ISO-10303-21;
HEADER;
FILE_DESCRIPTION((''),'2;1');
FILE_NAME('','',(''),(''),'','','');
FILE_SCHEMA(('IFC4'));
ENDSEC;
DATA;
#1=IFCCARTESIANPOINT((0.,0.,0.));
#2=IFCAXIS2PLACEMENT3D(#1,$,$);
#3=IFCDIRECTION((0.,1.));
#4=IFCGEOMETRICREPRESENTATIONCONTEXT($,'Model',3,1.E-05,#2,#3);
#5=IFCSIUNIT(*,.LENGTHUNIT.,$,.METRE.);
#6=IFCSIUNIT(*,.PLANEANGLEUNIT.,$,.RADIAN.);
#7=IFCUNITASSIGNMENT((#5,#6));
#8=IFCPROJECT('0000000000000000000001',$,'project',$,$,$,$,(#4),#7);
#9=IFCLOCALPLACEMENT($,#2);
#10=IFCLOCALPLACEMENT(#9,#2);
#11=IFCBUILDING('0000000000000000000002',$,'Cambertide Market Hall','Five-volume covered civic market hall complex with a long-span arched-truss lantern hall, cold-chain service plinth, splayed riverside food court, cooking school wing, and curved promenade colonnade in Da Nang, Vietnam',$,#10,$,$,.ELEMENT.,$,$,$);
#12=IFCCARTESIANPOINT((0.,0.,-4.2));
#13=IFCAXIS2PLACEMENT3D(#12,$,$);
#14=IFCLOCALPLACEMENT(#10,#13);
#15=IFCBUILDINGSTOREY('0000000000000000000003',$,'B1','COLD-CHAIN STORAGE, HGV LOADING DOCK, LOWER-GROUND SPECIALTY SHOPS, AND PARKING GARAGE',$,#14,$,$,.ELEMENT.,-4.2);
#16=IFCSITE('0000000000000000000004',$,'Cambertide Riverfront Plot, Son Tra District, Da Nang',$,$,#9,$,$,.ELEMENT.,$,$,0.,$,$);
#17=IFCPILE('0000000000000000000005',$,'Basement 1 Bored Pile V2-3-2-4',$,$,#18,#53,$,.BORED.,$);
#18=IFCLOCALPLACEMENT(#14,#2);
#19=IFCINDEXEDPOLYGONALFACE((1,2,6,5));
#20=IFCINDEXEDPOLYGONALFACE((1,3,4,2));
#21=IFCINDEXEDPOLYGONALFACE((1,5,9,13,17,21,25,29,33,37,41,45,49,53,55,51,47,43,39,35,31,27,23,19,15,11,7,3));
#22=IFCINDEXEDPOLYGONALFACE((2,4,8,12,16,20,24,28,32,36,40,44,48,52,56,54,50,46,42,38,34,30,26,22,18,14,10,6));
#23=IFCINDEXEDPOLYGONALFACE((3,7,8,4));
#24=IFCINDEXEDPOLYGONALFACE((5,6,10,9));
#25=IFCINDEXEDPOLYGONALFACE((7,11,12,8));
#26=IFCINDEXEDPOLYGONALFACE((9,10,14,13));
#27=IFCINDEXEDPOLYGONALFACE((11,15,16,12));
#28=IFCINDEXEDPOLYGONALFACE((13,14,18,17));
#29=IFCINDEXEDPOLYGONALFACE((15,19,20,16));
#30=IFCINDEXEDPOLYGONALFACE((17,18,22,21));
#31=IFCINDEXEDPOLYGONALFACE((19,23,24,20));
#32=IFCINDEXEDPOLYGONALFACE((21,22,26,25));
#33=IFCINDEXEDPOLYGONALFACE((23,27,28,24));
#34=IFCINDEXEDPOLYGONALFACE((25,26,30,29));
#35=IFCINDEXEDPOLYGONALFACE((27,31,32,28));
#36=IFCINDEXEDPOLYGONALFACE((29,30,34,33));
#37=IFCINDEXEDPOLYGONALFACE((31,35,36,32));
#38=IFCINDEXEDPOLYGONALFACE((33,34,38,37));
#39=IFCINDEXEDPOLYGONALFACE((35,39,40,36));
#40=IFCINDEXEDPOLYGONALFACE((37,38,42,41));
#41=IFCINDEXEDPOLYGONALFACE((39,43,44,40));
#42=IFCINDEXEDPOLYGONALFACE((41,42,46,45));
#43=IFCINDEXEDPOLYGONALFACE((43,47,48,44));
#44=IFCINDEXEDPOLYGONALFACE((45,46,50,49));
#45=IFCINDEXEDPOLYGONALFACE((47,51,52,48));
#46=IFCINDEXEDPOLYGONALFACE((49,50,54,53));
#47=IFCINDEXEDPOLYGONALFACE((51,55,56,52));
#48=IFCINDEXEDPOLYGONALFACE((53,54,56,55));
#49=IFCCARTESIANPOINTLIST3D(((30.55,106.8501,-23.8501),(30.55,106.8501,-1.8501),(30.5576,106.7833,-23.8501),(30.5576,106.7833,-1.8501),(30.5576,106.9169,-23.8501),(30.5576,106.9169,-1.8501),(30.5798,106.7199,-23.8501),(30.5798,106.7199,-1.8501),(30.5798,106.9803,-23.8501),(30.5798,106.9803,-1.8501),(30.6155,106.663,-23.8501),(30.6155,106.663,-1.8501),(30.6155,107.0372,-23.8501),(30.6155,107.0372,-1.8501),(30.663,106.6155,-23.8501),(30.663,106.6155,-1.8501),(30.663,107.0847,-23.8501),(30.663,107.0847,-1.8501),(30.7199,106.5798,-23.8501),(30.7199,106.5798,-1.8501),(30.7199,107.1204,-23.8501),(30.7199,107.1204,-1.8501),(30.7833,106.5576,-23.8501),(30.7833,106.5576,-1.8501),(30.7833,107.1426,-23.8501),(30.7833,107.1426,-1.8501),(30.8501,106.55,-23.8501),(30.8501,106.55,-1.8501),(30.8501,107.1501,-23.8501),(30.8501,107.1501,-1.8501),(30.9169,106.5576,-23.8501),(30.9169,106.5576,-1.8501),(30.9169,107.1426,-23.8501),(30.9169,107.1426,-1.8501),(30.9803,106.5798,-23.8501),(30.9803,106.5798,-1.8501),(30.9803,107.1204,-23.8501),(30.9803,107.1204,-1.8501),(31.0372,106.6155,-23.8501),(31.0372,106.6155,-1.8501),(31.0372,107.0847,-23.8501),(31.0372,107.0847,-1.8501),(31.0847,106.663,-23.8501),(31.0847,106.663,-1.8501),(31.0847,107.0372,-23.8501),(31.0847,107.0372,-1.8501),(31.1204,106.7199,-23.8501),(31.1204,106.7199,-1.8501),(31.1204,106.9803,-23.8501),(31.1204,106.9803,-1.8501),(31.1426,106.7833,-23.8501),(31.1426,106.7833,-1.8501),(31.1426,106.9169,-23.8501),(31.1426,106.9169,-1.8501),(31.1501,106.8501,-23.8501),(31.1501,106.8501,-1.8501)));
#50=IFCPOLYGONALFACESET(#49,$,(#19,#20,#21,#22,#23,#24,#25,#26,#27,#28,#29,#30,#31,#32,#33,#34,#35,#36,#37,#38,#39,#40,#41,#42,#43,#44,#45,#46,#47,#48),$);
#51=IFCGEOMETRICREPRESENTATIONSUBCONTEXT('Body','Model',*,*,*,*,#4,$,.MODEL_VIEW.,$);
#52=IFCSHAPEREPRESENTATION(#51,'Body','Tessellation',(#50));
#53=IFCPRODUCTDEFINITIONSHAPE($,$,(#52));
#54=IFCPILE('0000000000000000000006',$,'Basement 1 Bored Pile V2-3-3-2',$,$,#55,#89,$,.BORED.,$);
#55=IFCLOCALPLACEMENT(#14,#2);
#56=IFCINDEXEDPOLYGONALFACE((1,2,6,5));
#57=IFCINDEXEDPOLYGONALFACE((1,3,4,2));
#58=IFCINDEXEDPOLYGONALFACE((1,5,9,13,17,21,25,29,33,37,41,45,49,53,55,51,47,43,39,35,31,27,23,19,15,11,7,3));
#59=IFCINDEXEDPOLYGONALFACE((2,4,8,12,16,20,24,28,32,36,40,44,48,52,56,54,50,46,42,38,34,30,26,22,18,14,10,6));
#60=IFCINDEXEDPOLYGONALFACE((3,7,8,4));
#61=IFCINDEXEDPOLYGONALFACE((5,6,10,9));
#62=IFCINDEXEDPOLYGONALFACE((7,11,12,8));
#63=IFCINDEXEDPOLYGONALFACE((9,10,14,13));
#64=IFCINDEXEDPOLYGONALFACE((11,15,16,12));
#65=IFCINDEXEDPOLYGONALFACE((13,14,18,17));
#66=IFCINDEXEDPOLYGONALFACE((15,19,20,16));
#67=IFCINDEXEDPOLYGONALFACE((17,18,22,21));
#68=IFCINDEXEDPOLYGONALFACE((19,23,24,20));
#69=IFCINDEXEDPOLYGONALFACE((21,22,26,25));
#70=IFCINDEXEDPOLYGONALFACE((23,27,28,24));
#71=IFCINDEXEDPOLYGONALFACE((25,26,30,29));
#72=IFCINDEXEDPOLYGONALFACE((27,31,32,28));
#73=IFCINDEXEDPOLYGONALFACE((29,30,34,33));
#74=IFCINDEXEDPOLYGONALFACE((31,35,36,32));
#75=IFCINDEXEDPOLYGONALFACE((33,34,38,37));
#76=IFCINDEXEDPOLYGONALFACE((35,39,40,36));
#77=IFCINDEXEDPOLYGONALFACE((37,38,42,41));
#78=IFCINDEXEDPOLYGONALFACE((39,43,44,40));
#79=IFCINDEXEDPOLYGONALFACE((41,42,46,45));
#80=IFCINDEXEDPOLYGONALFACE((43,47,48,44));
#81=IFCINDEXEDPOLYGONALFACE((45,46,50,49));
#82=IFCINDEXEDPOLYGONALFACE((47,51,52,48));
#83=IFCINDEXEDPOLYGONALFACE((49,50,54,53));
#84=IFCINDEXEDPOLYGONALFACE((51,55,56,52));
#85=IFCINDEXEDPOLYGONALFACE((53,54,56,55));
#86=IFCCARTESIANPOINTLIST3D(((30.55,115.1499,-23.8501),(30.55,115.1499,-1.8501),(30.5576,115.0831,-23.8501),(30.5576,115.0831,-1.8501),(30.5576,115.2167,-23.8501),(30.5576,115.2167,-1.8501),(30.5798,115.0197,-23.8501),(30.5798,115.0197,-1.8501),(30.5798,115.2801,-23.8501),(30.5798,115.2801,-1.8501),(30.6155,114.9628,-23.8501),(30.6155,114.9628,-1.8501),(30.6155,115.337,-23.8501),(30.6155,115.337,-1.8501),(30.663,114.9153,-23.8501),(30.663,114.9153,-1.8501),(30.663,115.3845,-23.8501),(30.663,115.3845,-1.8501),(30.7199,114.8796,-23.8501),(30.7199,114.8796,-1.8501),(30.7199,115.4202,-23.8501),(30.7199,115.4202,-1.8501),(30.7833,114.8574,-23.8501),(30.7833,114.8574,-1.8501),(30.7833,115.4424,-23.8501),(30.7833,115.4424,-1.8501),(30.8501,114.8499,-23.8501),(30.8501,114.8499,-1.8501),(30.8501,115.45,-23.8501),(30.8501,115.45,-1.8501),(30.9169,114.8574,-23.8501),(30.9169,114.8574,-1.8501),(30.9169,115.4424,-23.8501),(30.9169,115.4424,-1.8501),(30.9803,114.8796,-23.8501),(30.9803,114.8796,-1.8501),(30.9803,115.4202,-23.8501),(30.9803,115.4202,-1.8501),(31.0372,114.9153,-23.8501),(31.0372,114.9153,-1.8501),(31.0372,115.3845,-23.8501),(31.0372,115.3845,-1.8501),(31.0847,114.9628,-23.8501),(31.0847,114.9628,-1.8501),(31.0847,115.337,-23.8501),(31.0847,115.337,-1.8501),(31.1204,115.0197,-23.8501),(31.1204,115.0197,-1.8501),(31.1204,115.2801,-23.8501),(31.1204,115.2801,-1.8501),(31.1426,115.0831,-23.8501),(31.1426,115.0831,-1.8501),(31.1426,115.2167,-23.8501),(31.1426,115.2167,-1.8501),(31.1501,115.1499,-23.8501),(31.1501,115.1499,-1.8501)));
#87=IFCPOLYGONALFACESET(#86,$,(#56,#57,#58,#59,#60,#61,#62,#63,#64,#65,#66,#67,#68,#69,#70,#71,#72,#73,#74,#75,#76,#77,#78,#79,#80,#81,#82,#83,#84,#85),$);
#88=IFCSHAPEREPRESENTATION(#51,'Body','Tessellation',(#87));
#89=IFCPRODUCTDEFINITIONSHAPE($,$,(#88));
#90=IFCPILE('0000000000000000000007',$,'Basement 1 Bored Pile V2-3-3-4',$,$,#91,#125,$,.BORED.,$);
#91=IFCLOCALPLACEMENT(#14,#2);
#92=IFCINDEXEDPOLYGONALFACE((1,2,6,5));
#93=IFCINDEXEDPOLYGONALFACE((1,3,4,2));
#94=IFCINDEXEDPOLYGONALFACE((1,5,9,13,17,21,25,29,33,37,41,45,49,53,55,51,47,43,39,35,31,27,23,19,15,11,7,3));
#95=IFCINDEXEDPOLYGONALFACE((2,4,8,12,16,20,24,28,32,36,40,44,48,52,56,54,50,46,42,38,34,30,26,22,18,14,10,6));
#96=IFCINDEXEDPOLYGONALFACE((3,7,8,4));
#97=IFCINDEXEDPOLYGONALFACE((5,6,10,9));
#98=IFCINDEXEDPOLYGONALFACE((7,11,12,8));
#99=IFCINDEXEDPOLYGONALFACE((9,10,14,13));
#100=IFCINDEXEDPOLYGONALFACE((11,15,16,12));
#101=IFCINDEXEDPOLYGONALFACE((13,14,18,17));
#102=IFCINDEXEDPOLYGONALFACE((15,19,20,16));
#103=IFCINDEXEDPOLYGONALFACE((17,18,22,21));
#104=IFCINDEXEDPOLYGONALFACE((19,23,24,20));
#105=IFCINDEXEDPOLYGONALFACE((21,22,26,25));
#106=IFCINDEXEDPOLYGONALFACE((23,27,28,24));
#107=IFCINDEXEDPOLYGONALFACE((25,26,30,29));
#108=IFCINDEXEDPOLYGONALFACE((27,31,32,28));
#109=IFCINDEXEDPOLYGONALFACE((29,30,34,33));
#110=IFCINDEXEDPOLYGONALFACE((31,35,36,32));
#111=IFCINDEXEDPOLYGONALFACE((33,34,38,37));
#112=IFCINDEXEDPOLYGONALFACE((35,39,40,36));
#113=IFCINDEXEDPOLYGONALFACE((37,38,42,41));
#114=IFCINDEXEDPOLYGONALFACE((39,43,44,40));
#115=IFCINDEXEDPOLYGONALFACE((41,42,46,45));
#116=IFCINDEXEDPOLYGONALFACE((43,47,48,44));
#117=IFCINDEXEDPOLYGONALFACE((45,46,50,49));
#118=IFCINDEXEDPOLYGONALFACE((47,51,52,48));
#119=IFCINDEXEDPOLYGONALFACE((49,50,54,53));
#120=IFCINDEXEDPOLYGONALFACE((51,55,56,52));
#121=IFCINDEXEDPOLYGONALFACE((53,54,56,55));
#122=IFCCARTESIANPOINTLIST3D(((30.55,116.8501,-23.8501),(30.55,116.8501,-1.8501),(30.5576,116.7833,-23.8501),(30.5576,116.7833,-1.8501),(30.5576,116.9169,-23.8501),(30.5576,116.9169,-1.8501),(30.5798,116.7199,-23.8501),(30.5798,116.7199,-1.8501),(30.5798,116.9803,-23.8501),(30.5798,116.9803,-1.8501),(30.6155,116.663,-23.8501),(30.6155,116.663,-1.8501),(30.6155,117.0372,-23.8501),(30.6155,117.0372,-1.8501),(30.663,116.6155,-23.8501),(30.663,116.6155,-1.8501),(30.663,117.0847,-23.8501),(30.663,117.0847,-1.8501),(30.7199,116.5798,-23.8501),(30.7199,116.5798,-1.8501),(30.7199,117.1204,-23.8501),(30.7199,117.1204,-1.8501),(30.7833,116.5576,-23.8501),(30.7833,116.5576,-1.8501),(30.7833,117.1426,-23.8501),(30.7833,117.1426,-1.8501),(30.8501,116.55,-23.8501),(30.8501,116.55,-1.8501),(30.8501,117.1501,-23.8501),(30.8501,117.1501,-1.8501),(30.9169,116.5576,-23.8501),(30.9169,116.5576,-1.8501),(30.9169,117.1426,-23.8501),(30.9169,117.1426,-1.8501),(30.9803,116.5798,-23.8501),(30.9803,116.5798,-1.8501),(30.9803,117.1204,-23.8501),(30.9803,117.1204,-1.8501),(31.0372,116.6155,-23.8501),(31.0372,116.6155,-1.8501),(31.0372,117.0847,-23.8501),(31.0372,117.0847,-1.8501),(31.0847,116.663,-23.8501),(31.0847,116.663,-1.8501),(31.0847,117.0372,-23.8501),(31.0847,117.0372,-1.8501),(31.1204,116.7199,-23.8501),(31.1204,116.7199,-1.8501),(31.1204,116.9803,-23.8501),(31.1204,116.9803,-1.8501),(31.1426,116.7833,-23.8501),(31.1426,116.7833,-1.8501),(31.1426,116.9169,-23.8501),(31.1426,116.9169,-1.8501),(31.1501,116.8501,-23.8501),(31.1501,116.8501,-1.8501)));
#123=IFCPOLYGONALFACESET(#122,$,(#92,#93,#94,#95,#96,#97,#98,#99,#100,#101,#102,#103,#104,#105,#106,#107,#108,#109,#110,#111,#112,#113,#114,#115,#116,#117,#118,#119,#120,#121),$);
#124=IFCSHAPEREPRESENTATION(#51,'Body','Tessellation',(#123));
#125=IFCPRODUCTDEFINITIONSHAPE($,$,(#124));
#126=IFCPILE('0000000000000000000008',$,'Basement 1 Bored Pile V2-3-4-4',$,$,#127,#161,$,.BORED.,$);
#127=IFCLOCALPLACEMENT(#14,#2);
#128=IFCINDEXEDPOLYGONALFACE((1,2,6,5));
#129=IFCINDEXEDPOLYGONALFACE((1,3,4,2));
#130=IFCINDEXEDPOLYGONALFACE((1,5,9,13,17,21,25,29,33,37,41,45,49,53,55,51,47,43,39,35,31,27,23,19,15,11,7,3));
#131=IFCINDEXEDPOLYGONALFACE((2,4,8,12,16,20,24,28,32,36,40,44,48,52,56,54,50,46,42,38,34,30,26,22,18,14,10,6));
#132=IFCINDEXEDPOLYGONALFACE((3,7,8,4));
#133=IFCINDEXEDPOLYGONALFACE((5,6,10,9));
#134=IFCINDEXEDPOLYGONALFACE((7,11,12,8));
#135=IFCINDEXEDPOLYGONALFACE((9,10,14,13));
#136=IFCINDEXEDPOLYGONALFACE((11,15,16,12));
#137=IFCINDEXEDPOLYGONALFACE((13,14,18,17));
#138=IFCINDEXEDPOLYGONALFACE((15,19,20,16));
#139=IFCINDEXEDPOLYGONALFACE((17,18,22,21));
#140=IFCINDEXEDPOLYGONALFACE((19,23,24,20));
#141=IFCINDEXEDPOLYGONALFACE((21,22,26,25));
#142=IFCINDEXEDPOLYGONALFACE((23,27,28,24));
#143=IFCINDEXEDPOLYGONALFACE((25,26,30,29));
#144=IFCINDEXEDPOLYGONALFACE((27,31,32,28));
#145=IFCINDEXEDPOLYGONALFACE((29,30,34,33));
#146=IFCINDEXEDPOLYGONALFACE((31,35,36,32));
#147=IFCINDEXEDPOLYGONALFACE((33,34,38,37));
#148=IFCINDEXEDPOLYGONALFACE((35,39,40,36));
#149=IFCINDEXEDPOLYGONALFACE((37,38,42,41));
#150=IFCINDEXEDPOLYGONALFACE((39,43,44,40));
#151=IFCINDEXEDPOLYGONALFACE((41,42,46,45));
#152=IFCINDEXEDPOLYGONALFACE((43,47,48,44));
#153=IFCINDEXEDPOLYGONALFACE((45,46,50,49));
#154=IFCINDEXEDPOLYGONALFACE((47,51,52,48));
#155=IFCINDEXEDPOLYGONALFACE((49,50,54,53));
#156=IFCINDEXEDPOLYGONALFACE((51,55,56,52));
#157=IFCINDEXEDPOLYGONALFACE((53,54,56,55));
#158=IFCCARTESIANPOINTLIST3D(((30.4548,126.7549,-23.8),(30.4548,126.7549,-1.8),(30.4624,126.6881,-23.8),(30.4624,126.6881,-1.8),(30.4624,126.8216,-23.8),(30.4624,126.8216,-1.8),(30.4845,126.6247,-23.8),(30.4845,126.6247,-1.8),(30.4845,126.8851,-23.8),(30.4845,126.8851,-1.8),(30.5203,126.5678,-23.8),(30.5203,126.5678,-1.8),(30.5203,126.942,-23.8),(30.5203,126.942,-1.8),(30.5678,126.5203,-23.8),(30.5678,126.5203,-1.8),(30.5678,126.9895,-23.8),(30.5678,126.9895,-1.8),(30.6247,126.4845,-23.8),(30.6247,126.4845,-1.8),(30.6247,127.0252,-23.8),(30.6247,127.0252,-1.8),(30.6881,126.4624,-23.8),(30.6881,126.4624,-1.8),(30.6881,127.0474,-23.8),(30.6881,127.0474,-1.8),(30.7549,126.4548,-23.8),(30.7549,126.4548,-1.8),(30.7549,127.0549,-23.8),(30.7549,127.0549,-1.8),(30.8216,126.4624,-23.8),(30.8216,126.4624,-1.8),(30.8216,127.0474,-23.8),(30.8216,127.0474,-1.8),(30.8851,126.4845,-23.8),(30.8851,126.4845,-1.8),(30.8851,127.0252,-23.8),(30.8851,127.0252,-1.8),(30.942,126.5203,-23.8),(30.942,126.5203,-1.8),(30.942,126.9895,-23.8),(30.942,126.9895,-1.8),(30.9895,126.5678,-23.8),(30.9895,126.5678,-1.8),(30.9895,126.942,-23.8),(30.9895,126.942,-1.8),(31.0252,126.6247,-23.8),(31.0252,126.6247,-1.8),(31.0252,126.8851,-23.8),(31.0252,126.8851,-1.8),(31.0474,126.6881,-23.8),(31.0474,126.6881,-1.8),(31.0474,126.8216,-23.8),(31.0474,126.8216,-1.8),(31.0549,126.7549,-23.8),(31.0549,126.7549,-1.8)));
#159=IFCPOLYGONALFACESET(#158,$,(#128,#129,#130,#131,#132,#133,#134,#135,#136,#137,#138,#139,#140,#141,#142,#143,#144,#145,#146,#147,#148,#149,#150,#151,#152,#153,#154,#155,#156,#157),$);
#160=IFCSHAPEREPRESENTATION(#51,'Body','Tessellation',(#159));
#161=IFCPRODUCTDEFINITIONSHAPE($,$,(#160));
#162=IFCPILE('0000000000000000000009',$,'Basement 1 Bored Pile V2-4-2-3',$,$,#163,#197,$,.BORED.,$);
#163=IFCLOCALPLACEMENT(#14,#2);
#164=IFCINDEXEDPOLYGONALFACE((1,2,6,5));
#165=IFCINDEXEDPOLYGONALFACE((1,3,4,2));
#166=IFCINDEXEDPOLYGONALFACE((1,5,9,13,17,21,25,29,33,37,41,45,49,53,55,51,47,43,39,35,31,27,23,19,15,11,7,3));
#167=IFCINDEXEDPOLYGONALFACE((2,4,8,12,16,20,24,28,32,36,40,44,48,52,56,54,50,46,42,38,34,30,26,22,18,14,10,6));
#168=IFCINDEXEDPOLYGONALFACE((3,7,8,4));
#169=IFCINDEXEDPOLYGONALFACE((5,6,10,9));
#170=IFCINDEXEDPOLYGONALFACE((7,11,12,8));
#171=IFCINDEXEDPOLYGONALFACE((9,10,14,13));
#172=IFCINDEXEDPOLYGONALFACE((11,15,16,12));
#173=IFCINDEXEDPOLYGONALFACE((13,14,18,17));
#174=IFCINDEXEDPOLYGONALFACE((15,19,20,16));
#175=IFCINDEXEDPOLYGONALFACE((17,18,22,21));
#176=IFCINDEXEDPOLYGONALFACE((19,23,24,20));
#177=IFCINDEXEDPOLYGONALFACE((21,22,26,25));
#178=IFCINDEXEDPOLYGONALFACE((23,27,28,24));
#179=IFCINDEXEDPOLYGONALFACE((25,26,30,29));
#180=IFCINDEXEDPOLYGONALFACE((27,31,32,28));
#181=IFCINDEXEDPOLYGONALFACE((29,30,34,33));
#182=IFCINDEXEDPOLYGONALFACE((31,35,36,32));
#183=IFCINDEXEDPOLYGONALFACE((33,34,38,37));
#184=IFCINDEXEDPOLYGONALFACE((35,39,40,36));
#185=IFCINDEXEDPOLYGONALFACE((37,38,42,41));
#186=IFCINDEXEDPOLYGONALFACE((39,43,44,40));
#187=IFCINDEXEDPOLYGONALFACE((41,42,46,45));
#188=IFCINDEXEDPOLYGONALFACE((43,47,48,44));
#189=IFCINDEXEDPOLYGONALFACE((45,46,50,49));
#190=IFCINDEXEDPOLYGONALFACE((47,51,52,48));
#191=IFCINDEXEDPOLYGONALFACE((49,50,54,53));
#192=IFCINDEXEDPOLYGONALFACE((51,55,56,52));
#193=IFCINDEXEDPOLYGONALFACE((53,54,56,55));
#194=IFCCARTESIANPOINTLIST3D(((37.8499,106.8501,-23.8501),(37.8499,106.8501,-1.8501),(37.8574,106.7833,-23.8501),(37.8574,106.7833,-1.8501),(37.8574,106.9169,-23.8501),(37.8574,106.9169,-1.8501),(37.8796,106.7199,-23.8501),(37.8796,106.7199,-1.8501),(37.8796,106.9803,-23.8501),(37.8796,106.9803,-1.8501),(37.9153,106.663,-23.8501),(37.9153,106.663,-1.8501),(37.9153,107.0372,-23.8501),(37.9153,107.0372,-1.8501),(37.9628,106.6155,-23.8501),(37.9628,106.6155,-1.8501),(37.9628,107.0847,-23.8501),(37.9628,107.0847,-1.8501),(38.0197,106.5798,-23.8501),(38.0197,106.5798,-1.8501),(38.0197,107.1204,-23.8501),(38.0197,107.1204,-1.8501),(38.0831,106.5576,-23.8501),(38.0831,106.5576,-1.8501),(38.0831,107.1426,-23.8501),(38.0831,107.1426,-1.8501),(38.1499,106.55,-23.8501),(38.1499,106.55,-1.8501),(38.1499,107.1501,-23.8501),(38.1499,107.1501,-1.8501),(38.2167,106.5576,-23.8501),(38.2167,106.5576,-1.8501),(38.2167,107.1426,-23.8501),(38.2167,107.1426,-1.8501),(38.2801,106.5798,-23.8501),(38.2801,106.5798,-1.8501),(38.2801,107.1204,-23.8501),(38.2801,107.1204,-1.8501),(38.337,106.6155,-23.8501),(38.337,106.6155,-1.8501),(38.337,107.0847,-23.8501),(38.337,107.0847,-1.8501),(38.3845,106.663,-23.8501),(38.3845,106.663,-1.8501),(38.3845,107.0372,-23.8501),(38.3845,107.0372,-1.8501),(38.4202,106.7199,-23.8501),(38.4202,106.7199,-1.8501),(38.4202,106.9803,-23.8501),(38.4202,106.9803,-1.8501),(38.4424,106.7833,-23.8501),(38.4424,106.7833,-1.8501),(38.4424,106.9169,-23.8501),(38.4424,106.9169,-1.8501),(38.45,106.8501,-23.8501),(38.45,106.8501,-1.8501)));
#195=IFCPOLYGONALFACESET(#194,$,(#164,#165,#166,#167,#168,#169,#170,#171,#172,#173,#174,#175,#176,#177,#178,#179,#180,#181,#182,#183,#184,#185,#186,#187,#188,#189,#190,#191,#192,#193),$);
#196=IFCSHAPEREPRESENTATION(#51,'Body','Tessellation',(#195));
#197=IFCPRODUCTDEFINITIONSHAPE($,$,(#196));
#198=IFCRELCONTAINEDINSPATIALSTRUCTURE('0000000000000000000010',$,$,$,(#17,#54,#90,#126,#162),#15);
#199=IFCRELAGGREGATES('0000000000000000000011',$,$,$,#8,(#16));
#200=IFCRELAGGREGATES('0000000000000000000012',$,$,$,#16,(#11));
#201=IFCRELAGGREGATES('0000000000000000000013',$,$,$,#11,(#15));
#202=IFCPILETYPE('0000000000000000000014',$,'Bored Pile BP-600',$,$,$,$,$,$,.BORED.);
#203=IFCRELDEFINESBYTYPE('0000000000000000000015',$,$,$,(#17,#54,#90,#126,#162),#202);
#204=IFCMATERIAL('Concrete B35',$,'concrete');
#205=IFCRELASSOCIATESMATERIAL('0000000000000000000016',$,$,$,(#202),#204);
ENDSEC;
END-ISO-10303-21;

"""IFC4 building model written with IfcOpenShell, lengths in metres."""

from ifc_helpers import new_model, si_unit, direction, frame, origin, origin_2d, place, context, subcontext, project, spatial, circle, extrude, material, material_profile, profile_set, type_object, element, save


model = new_model("IFC4")

# Units and contexts
model_context = context("Model", 3, precision=1e-05, world=origin(), true_north=direction((0.0, 1.0)))
body_context = subcontext(model_context, "Body", "Model", "MODEL_VIEW")
ifc_project = project(units=[si_unit("LENGTHUNIT", "METRE"), si_unit("PLANEANGLEUNIT", "RADIAN")], contexts=[model_context])

# Site, building, storey
site_placement = place(None, origin())
site = spatial("IfcSite", under=ifc_project, at=site_placement, Name="Cambertide Riverfront Plot, Son Tra District, Da Nang", CompositionType="ELEMENT", RefElevation=0.0)
building_placement = place(site_placement, origin())
building = spatial("IfcBuilding", under=site, at=building_placement, Name="Cambertide Market Hall", Description="Five-volume covered civic market hall complex with a long-span arched-truss lantern hall, cold-chain service plinth, splayed riverside food court, cooking school wing, and curved promenade colonnade in Da Nang, Vietnam", CompositionType="ELEMENT")
storey_placement = place(building_placement, frame((0.0, 0.0, -4.2)))
storey = spatial("IfcBuildingStorey", under=building, at=storey_placement, Name="B1", Description="COLD-CHAIN STORAGE, HGV LOADING DOCK, LOWER-GROUND SPECIALTY SHOPS, AND PARKING GARAGE", CompositionType="ELEMENT", Elevation=-4.2)

# Piles
ifc_material_1 = material(Name="Concrete B35", Category="concrete")
ifc_material_profile_1 = material_profile(ifc_material_1, circle(Radius=0.3, at=origin_2d()), Name="BP D600")
ifc_profile_set_1 = profile_set([ifc_material_profile_1], Name="Concrete B35")
pile_type = type_object("IfcPileType", Name="Bored Pile BP-600", PredefinedType="BORED", material=ifc_profile_set_1)
for number, where, z_axis, x_axis, name in (
    (1, (30.8501, 106.8501, -1.8501), (0.0, 0.0, -1.0), (1.0, 0.0, 0.0), "Basement 1 Bored Pile V2-3-2-4"),
    (2, (30.8501, 115.1499, -1.8501), (0.0, 0.0, -1.0), (1.0, 0.0, 0.0), "Basement 1 Bored Pile V2-3-3-2"),
    (3, (30.8501, 116.8501, -1.8501), (0.0, 0.0, -1.0), (1.0, 0.0, 0.0), "Basement 1 Bored Pile V2-3-3-4"),
    (4, (30.7549, 126.7549, -1.8), (0.0, 0.0, -1.0), (1.0, 0.0, 0.0), "Basement 1 Bored Pile V2-3-4-4"),
    (5, (38.1499, 106.8501, -1.8501), (0.0, 0.0, -1.0), (1.0, 0.0, 0.0), "Basement 1 Bored Pile V2-4-2-3"),
):
    element("IfcPile", number, at=place(storey_placement, frame(where, z_axis=z_axis, x_axis=x_axis)), inside=storey, type_object=pile_type, Name=name, PredefinedType="BORED", context=body_context, shape_type="SweptSolid", body=[
        extrude(circle(Radius=0.3, at=origin_2d()), origin(), (0.0, 0.0, 1.0), 22.0),
    ])

save(model, "model.ifc")
